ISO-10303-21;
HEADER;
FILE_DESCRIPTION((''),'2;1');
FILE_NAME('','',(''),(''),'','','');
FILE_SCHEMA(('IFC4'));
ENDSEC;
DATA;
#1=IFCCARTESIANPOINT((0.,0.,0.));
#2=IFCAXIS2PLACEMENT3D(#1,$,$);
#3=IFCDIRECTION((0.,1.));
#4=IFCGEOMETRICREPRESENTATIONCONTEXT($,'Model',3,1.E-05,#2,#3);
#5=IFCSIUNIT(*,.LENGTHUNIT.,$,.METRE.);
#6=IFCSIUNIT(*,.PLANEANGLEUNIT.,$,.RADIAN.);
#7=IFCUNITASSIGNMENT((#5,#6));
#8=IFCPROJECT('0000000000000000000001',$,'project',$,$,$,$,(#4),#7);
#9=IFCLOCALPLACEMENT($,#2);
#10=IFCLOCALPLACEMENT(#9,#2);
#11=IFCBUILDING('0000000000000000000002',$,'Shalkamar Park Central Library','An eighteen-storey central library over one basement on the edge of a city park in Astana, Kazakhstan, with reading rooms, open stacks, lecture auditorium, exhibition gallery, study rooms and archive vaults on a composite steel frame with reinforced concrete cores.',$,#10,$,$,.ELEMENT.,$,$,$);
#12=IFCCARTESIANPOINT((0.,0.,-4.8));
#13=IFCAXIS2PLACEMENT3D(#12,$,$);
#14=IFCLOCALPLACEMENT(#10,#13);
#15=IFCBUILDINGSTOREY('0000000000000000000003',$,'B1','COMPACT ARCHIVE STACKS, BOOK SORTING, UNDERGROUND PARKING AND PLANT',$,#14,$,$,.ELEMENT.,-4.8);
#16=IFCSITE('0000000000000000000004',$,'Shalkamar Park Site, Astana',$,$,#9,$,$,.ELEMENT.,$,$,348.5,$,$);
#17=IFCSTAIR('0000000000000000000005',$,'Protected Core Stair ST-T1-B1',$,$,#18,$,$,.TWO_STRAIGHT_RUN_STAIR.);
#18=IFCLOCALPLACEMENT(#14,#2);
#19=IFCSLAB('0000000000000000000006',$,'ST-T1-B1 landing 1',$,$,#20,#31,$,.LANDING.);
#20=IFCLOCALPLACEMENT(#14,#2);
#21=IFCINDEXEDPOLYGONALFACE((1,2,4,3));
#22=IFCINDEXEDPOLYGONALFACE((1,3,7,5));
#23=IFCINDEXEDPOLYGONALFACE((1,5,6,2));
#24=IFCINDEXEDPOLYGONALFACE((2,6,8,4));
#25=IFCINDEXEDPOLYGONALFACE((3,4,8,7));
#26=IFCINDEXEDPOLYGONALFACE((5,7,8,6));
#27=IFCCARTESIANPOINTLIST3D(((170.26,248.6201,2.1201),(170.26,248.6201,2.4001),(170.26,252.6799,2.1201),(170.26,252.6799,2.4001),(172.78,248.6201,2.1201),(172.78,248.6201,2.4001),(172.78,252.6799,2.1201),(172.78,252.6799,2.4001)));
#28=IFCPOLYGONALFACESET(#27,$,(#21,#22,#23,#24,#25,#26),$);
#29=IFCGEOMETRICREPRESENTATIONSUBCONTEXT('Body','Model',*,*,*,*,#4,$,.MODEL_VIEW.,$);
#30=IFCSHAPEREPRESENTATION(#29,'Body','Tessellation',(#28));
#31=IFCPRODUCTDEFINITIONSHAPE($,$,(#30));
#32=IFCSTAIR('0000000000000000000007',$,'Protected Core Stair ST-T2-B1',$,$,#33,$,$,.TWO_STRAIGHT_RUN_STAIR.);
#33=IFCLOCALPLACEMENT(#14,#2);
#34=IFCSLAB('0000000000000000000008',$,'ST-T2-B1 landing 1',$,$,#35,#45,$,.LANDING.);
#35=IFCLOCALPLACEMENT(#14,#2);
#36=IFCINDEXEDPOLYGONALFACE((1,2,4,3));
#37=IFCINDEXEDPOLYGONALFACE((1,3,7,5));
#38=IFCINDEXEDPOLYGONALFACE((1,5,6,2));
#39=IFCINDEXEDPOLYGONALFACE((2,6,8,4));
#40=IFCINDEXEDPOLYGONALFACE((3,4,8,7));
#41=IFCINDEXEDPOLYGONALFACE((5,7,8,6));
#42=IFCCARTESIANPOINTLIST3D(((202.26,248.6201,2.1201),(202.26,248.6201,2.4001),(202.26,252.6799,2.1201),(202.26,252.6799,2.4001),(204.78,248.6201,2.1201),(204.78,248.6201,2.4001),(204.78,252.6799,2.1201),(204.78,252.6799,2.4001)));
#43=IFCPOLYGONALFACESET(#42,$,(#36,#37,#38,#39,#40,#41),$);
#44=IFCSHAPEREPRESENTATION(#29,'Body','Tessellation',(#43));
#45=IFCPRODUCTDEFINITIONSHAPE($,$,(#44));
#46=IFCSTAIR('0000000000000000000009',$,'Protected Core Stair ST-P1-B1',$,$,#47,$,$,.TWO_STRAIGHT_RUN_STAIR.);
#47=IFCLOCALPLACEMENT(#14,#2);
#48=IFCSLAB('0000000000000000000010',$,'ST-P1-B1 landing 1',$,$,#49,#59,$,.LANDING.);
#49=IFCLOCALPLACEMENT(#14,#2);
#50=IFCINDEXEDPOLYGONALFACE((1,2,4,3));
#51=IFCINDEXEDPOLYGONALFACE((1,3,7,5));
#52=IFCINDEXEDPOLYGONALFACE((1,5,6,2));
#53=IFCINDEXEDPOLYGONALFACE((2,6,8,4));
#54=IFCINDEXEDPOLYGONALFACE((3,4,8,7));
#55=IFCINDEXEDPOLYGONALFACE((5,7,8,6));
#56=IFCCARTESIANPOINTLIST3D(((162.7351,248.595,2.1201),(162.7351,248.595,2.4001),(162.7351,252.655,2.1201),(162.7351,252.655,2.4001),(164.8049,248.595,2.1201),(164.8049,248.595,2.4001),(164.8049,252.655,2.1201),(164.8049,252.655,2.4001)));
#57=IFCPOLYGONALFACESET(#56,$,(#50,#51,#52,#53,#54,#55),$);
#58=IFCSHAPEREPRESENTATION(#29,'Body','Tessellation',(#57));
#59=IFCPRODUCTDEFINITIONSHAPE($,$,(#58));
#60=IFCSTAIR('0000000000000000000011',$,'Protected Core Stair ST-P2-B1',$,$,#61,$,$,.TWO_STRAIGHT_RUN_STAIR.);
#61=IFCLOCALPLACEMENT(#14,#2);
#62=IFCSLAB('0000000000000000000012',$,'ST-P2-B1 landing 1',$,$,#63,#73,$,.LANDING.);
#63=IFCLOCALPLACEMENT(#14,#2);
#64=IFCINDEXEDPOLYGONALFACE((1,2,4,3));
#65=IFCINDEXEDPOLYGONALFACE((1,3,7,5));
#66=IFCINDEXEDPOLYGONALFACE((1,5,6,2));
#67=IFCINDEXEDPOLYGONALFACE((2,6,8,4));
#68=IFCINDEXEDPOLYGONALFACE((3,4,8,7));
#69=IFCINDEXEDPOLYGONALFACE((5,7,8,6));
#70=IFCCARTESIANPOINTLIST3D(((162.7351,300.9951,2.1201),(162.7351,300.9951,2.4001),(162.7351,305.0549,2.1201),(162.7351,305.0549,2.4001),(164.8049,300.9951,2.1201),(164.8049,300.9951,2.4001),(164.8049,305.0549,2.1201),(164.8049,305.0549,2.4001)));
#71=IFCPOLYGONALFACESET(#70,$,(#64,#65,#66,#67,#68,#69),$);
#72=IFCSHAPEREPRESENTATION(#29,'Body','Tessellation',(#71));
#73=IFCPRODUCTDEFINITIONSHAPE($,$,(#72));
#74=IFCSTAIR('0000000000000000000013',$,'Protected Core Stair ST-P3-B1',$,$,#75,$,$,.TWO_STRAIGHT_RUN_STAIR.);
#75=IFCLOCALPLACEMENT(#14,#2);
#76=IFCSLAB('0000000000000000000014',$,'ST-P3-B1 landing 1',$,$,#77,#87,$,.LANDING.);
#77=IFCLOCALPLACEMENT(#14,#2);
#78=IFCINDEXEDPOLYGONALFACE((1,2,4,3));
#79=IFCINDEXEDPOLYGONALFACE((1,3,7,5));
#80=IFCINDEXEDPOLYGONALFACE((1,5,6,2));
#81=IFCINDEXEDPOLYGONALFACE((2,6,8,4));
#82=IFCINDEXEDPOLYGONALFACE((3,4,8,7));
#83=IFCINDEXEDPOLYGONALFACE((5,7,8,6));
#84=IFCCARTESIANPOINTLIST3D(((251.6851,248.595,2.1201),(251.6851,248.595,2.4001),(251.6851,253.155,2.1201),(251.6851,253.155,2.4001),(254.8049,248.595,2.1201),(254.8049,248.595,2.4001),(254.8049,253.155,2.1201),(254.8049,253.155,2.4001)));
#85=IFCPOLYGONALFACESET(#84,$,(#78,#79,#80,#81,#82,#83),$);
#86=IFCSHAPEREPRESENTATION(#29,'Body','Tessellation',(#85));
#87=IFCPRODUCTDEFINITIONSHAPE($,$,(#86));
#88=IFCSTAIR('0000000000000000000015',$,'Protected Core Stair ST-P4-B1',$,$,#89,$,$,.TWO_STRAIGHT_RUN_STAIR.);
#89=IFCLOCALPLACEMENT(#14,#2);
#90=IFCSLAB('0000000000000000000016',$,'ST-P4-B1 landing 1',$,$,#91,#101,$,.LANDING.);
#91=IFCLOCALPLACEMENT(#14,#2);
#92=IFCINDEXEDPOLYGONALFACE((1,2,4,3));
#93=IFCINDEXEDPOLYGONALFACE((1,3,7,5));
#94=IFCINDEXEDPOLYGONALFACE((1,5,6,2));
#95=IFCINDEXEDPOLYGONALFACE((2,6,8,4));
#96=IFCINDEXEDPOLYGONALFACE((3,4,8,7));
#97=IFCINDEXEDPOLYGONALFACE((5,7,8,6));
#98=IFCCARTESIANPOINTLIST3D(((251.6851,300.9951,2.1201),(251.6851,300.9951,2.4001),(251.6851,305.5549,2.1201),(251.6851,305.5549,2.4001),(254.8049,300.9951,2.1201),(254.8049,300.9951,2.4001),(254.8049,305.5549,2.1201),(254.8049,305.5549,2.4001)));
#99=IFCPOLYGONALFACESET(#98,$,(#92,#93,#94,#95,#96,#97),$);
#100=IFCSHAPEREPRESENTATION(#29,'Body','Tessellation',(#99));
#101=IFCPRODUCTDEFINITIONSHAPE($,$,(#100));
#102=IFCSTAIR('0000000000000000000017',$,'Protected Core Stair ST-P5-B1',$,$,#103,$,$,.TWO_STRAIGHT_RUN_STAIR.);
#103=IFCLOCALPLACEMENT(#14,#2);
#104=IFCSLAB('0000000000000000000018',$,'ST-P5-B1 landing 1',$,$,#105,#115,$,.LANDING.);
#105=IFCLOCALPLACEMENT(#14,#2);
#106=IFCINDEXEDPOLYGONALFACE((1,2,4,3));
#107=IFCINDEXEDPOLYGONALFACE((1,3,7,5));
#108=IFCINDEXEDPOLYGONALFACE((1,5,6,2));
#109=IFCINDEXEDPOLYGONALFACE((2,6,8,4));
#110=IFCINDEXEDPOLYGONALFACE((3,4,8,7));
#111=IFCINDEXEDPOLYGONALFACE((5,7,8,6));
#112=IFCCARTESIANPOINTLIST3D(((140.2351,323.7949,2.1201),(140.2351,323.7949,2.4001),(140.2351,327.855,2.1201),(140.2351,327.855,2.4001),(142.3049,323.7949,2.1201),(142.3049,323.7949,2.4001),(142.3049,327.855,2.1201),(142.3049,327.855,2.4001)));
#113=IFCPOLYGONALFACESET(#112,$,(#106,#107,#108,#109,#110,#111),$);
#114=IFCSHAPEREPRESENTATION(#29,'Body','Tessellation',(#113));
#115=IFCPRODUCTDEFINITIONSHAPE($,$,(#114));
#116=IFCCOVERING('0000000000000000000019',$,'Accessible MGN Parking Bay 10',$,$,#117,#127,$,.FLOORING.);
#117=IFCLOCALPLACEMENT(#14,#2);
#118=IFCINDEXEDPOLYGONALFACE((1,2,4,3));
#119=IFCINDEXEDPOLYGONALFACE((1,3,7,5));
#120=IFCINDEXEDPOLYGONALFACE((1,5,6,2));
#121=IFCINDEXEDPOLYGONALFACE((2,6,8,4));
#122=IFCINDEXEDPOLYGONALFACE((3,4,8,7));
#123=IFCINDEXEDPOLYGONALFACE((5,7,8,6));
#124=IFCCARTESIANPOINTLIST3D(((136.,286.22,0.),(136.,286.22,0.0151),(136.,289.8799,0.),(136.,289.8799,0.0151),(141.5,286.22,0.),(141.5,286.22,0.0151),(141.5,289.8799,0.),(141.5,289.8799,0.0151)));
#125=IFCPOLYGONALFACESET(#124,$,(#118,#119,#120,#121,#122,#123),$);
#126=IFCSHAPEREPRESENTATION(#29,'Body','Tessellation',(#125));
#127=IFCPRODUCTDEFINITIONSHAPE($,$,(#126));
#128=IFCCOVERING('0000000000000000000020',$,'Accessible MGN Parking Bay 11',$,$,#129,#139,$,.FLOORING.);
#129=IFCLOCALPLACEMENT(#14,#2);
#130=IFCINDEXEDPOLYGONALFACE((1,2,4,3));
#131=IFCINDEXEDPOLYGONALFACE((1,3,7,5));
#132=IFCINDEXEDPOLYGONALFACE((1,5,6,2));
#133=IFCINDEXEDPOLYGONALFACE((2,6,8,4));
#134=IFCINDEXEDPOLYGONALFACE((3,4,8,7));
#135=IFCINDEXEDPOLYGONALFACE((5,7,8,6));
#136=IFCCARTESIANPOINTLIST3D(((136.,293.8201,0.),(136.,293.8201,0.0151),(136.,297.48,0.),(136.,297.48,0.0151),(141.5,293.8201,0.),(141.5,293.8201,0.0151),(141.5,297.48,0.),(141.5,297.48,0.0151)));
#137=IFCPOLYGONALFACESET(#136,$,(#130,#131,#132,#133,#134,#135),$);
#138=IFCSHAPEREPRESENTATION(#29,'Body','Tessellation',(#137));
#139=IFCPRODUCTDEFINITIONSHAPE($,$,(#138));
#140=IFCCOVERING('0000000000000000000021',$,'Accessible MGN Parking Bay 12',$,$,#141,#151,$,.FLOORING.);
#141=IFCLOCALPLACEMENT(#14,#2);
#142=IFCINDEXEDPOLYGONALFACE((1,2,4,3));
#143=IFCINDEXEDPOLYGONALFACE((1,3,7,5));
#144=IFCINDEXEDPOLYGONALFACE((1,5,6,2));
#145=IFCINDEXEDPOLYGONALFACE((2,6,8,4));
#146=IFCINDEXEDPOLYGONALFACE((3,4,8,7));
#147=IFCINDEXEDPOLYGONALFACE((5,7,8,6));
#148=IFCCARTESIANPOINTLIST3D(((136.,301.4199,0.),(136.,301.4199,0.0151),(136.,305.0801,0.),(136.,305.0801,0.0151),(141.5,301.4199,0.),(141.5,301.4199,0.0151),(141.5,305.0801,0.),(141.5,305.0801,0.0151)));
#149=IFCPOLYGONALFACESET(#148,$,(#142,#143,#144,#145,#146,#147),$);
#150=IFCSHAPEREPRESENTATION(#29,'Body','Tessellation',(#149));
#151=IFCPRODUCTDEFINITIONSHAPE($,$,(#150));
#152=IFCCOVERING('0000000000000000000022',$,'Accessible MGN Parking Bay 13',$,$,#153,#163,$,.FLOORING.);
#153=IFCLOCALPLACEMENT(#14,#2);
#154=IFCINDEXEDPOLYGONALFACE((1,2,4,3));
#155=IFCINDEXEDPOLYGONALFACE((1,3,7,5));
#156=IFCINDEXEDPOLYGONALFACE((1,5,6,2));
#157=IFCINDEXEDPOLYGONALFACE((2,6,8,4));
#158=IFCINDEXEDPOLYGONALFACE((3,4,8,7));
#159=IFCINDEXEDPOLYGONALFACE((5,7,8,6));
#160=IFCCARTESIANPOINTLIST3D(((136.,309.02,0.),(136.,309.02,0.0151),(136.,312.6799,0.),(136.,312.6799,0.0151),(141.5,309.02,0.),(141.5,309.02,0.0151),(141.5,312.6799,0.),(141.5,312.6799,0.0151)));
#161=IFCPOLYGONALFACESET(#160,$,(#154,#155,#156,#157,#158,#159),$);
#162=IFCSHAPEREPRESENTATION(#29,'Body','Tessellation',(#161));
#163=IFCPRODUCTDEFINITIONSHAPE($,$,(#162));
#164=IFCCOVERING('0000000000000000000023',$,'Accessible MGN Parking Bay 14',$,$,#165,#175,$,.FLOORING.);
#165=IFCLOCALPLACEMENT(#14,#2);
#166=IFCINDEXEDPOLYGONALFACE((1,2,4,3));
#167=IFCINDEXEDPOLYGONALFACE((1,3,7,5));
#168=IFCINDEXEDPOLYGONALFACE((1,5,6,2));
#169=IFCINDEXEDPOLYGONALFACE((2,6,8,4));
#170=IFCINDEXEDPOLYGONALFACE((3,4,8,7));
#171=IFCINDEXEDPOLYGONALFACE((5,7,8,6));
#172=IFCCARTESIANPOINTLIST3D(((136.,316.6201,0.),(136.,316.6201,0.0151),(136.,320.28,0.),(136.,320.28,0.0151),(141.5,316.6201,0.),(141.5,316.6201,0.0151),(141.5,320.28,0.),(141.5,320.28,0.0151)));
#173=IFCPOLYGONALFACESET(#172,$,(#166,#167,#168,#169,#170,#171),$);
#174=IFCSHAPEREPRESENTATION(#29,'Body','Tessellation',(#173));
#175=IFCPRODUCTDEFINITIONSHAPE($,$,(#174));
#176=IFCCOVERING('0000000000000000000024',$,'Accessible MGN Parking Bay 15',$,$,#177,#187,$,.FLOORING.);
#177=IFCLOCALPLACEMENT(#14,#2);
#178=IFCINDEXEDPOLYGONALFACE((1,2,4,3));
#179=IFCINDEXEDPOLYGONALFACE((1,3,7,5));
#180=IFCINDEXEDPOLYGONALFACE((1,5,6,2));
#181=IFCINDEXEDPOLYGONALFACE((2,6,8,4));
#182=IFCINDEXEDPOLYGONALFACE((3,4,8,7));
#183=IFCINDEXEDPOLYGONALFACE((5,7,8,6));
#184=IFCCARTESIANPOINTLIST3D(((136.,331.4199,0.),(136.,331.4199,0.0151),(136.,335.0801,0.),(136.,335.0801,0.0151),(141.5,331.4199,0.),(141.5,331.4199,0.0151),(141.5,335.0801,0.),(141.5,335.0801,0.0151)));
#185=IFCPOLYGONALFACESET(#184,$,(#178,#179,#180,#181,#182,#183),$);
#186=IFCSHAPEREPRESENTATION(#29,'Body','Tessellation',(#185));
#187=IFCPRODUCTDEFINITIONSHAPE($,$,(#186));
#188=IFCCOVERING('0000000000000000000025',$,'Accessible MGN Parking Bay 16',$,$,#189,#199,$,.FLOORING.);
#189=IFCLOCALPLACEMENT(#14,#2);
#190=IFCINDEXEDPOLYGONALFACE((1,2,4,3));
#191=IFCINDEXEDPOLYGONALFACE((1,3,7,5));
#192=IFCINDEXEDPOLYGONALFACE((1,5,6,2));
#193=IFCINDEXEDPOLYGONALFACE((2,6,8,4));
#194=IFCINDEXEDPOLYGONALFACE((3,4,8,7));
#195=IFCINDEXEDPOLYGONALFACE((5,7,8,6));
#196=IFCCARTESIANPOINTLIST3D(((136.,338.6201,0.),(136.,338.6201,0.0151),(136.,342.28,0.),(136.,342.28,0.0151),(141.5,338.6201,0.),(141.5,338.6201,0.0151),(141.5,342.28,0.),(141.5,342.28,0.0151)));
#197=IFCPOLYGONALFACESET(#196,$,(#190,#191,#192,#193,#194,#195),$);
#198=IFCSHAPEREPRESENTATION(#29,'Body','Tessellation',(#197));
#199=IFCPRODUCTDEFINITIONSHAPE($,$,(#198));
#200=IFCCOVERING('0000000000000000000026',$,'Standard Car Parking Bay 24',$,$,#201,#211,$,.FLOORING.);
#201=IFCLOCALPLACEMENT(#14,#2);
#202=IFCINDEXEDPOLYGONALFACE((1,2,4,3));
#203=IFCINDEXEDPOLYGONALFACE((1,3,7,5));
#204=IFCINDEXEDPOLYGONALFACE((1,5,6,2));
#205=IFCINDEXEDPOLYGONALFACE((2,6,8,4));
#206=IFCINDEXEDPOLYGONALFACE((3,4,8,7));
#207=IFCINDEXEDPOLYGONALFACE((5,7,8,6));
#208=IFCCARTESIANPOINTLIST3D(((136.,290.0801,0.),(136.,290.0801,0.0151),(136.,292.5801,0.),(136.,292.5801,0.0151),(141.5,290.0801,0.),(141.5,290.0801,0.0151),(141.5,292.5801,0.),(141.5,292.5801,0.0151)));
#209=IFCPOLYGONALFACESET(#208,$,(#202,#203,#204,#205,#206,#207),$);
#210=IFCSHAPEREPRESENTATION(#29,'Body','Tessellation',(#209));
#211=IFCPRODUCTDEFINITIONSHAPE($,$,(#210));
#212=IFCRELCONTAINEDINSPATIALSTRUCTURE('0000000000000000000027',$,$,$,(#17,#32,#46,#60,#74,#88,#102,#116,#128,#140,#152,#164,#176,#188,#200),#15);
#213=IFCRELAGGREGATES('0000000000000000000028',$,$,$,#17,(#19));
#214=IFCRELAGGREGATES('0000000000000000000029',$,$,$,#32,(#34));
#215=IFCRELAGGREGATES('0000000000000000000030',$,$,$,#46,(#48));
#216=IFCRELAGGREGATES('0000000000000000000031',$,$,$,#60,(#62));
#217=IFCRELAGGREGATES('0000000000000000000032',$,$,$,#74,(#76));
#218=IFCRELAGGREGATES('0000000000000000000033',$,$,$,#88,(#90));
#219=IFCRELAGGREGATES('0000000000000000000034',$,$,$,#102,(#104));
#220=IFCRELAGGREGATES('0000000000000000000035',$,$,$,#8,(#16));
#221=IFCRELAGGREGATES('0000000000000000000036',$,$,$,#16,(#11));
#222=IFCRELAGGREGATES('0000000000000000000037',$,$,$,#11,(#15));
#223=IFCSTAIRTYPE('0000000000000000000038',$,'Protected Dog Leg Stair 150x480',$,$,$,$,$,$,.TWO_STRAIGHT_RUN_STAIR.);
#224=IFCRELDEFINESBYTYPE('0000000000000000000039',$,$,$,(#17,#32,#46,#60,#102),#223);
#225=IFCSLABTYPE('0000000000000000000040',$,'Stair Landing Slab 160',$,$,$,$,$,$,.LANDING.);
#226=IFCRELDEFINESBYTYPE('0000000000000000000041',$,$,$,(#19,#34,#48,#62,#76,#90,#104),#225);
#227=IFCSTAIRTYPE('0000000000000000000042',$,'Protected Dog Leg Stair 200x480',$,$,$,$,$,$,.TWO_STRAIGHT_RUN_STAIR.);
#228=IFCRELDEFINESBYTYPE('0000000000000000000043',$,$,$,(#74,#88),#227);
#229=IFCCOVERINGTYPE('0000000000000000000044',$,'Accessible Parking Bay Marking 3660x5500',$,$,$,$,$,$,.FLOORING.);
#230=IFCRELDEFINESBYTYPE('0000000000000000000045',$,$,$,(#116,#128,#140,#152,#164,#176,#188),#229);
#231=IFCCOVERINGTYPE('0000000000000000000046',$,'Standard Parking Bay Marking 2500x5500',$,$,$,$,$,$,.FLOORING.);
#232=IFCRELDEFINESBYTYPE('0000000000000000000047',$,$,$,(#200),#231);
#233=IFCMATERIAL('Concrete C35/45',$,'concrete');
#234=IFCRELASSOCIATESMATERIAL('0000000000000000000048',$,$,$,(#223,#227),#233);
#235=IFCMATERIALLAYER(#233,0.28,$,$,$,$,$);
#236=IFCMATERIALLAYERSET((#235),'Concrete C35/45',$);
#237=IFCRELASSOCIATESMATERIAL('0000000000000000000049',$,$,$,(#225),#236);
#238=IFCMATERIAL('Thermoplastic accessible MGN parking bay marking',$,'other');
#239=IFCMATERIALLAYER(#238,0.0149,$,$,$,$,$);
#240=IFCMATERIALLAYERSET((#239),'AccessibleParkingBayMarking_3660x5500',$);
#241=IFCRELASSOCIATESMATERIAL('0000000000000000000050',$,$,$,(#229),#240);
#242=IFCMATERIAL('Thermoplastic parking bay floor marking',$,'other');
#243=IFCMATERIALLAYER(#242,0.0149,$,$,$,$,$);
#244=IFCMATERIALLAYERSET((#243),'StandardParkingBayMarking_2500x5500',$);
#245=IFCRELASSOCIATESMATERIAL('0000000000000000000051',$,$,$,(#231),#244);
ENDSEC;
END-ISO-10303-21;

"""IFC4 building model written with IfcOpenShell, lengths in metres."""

from ifc_helpers import new_model, si_unit, direction, frame, origin, place, context, subcontext, project, spatial, polyline, outline, extrude, material, layer, layer_set, type_object, element, aggregate, save


model = new_model("IFC4")

# Units and contexts
model_context = context("Model", 3, precision=1e-05, world=origin(), true_north=direction((0.0, 1.0)))
body_context = subcontext(model_context, "Body", "Model", "MODEL_VIEW")
ifc_project = project(units=[si_unit("LENGTHUNIT", "METRE"), si_unit("PLANEANGLEUNIT", "RADIAN")], contexts=[model_context])

# Site, building, storey
site_placement = place(None, origin())
site = spatial("IfcSite", under=ifc_project, at=site_placement, Name="Shalkamar Park Site, Astana", CompositionType="ELEMENT", RefElevation=348.5)
building_placement = place(site_placement, origin())
building = spatial("IfcBuilding", under=site, at=building_placement, Name="Shalkamar Park Central Library", Description="An eighteen-storey central library over one basement on the edge of a city park in Astana, Kazakhstan, with reading rooms, open stacks, lecture auditorium, exhibition gallery, study rooms and archive vaults on a composite steel frame with reinforced concrete cores.", CompositionType="ELEMENT")
storey_placement = place(building_placement, frame((0.0, 0.0, -4.8)))
storey = spatial("IfcBuildingStorey", under=building, at=storey_placement, Name="B1", Description="COMPACT ARCHIVE STACKS, BOOK SORTING, UNDERGROUND PARKING AND PLANT", CompositionType="ELEMENT", Elevation=-4.8)

# Stairs, slabs
ifc_material_1 = material(Name="Concrete C35/45", Category="concrete")
stair_type_1 = type_object("IfcStairType", Name="Protected Dog Leg Stair 150x480", PredefinedType="TWO_STRAIGHT_RUN_STAIR", material=ifc_material_1)
stair_1_placement = place(storey_placement, origin())
stair_1 = element("IfcStair", 1, at=stair_1_placement, inside=storey, type_object=stair_type_1, Name="Protected Core Stair ST-T1-B1", PredefinedType="TWO_STRAIGHT_RUN_STAIR")
ifc_layer_1 = layer(ifc_material_1, 0.28)
ifc_layer_set_1 = layer_set([ifc_layer_1], Name="Concrete C35/45")
slab_type = type_object("IfcSlabType", Name="Stair Landing Slab 160", PredefinedType="LANDING", material=ifc_layer_set_1)
slab_1_placement = place(storey_placement, frame((0.0, 0.0, 2.1201)))
slab_1 = element("IfcSlab", 2, at=slab_1_placement, type_object=slab_type, Name="ST-T1-B1 landing 1", PredefinedType="LANDING", context=body_context, shape_type="SweptSolid", body=[
    extrude(outline(polyline([(170.26, 248.6201), (172.78, 248.6201), (172.78, 252.6799), (170.26, 252.6799), (170.26, 248.6201)])), origin(), (0.0, 0.0, 1.0), 0.28),
])
aggregate(stair_1, [slab_1])
stair_2_placement = place(storey_placement, origin())
stair_2 = element("IfcStair", 3, at=stair_2_placement, inside=storey, type_object=stair_type_1, Name="Protected Core Stair ST-T2-B1", PredefinedType="TWO_STRAIGHT_RUN_STAIR")
slab_2_placement = place(storey_placement, frame((0.0, 0.0, 2.1201)))
slab_2 = element("IfcSlab", 4, at=slab_2_placement, type_object=slab_type, Name="ST-T2-B1 landing 1", PredefinedType="LANDING", context=body_context, shape_type="SweptSolid", body=[
    extrude(outline(polyline([(202.26, 248.6201), (204.78, 248.6201), (204.78, 252.6799), (202.26, 252.6799), (202.26, 248.6201)])), origin(), (0.0, 0.0, 1.0), 0.28),
])
aggregate(stair_2, [slab_2])
stair_3_placement = place(storey_placement, origin())
stair_3 = element("IfcStair", 5, at=stair_3_placement, inside=storey, type_object=stair_type_1, Name="Protected Core Stair ST-P1-B1", PredefinedType="TWO_STRAIGHT_RUN_STAIR")
slab_3_placement = place(storey_placement, frame((0.0, 0.0, 2.1201)))
slab_3 = element("IfcSlab", 6, at=slab_3_placement, type_object=slab_type, Name="ST-P1-B1 landing 1", PredefinedType="LANDING", context=body_context, shape_type="SweptSolid", body=[
    extrude(outline(polyline([(162.7351, 248.595), (164.8049, 248.595), (164.8049, 252.655), (162.7351, 252.655), (162.7351, 248.595)])), origin(), (0.0, 0.0, 1.0), 0.28),
])
aggregate(stair_3, [slab_3])
stair_4_placement = place(storey_placement, origin())
stair_4 = element("IfcStair", 7, at=stair_4_placement, inside=storey, type_object=stair_type_1, Name="Protected Core Stair ST-P2-B1", PredefinedType="TWO_STRAIGHT_RUN_STAIR")
slab_4_placement = place(storey_placement, frame((0.0, 0.0, 2.1201)))
slab_4 = element("IfcSlab", 8, at=slab_4_placement, type_object=slab_type, Name="ST-P2-B1 landing 1", PredefinedType="LANDING", context=body_context, shape_type="SweptSolid", body=[
    extrude(outline(polyline([(162.7351, 300.9951), (164.8049, 300.9951), (164.8049, 305.0549), (162.7351, 305.0549), (162.7351, 300.9951)])), origin(), (0.0, 0.0, 1.0), 0.28),
])
aggregate(stair_4, [slab_4])
stair_type_2 = type_object("IfcStairType", Name="Protected Dog Leg Stair 200x480", PredefinedType="TWO_STRAIGHT_RUN_STAIR", material=ifc_material_1)
stair_5_placement = place(storey_placement, origin())
stair_5 = element("IfcStair", 9, at=stair_5_placement, inside=storey, type_object=stair_type_2, Name="Protected Core Stair ST-P3-B1", PredefinedType="TWO_STRAIGHT_RUN_STAIR")
slab_5_placement = place(storey_placement, frame((0.0, 0.0, 2.1201)))
slab_5 = element("IfcSlab", 10, at=slab_5_placement, type_object=slab_type, Name="ST-P3-B1 landing 1", PredefinedType="LANDING", context=body_context, shape_type="SweptSolid", body=[
    extrude(outline(polyline([(251.6851, 248.595), (254.8049, 248.595), (254.8049, 253.155), (251.6851, 253.155), (251.6851, 248.595)])), origin(), (0.0, 0.0, 1.0), 0.28),
])
aggregate(stair_5, [slab_5])
stair_6_placement = place(storey_placement, origin())
stair_6 = element("IfcStair", 11, at=stair_6_placement, inside=storey, type_object=stair_type_2, Name="Protected Core Stair ST-P4-B1", PredefinedType="TWO_STRAIGHT_RUN_STAIR")
slab_6_placement = place(storey_placement, frame((0.0, 0.0, 2.1201)))
slab_6 = element("IfcSlab", 12, at=slab_6_placement, type_object=slab_type, Name="ST-P4-B1 landing 1", PredefinedType="LANDING", context=body_context, shape_type="SweptSolid", body=[
    extrude(outline(polyline([(251.6851, 300.9951), (254.8049, 300.9951), (254.8049, 305.5549), (251.6851, 305.5549), (251.6851, 300.9951)])), origin(), (0.0, 0.0, 1.0), 0.28),
])
aggregate(stair_6, [slab_6])
stair_7_placement = place(storey_placement, origin())
stair_7 = element("IfcStair", 13, at=stair_7_placement, inside=storey, type_object=stair_type_1, Name="Protected Core Stair ST-P5-B1", PredefinedType="TWO_STRAIGHT_RUN_STAIR")
slab_7_placement = place(storey_placement, frame((0.0, 0.0, 2.1201)))
slab_7 = element("IfcSlab", 14, at=slab_7_placement, type_object=slab_type, Name="ST-P5-B1 landing 1", PredefinedType="LANDING", context=body_context, shape_type="SweptSolid", body=[
    extrude(outline(polyline([(140.2351, 323.7949), (142.3049, 323.7949), (142.3049, 327.855), (140.2351, 327.855), (140.2351, 323.7949)])), origin(), (0.0, 0.0, 1.0), 0.28),
])
aggregate(stair_7, [slab_7])

# Coverings
ifc_material_2 = material(Name="Thermoplastic accessible MGN parking bay marking", Category="other")
ifc_layer_2 = layer(ifc_material_2, 0.0149)
ifc_layer_set_2 = layer_set([ifc_layer_2], Name="AccessibleParkingBayMarking_3660x5500")
covering_type_1 = type_object("IfcCoveringType", Name="Accessible Parking Bay Marking 3660x5500", PredefinedType="FLOORING", material=ifc_layer_set_2)
covering_1_placement = place(storey_placement, origin())
element("IfcCovering", 15, at=covering_1_placement, inside=storey, type_object=covering_type_1, Name="Accessible MGN Parking Bay 10", PredefinedType="FLOORING", context=body_context, shape_type="SweptSolid", body=[
    extrude(outline(polyline([(136.0, 286.22), (141.5, 286.22), (141.5, 289.8799), (136.0, 289.8799), (136.0, 286.22)])), origin(), (0.0, 0.0, 1.0), 0.0151),
])
covering_2_placement = place(storey_placement, origin())
element("IfcCovering", 16, at=covering_2_placement, inside=storey, type_object=covering_type_1, Name="Accessible MGN Parking Bay 11", PredefinedType="FLOORING", context=body_context, shape_type="SweptSolid", body=[
    extrude(outline(polyline([(136.0, 293.8201), (141.5, 293.8201), (141.5, 297.48), (136.0, 297.48), (136.0, 293.8201)])), origin(), (0.0, 0.0, 1.0), 0.0151),
])
covering_3_placement = place(storey_placement, origin())
element("IfcCovering", 17, at=covering_3_placement, inside=storey, type_object=covering_type_1, Name="Accessible MGN Parking Bay 12", PredefinedType="FLOORING", context=body_context, shape_type="SweptSolid", body=[
    extrude(outline(polyline([(136.0, 301.4199), (141.5, 301.4199), (141.5, 305.0801), (136.0, 305.0801), (136.0, 301.4199)])), origin(), (0.0, 0.0, 1.0), 0.0151),
])
covering_4_placement = place(storey_placement, origin())
element("IfcCovering", 18, at=covering_4_placement, inside=storey, type_object=covering_type_1, Name="Accessible MGN Parking Bay 13", PredefinedType="FLOORING", context=body_context, shape_type="SweptSolid", body=[
    extrude(outline(polyline([(136.0, 309.02), (141.5, 309.02), (141.5, 312.6799), (136.0, 312.6799), (136.0, 309.02)])), origin(), (0.0, 0.0, 1.0), 0.0151),
])
covering_5_placement = place(storey_placement, origin())
element("IfcCovering", 19, at=covering_5_placement, inside=storey, type_object=covering_type_1, Name="Accessible MGN Parking Bay 14", PredefinedType="FLOORING", context=body_context, shape_type="SweptSolid", body=[
    extrude(outline(polyline([(136.0, 316.6201), (141.5, 316.6201), (141.5, 320.28), (136.0, 320.28), (136.0, 316.6201)])), origin(), (0.0, 0.0, 1.0), 0.0151),
])
covering_6_placement = place(storey_placement, origin())
element("IfcCovering", 20, at=covering_6_placement, inside=storey, type_object=covering_type_1, Name="Accessible MGN Parking Bay 15", PredefinedType="FLOORING", context=body_context, shape_type="SweptSolid", body=[
    extrude(outline(polyline([(136.0, 331.4199), (141.5, 331.4199), (141.5, 335.0801), (136.0, 335.0801), (136.0, 331.4199)])), origin(), (0.0, 0.0, 1.0), 0.0151),
])
covering_7_placement = place(storey_placement, origin())
element("IfcCovering", 21, at=covering_7_placement, inside=storey, type_object=covering_type_1, Name="Accessible MGN Parking Bay 16", PredefinedType="FLOORING", context=body_context, shape_type="SweptSolid", body=[
    extrude(outline(polyline([(136.0, 338.6201), (141.5, 338.6201), (141.5, 342.28), (136.0, 342.28), (136.0, 338.6201)])), origin(), (0.0, 0.0, 1.0), 0.0151),
])
ifc_material_3 = material(Name="Thermoplastic parking bay floor marking", Category="other")
ifc_layer_3 = layer(ifc_material_3, 0.0149)
ifc_layer_set_3 = layer_set([ifc_layer_3], Name="StandardParkingBayMarking_2500x5500")
covering_type_2 = type_object("IfcCoveringType", Name="Standard Parking Bay Marking 2500x5500", PredefinedType="FLOORING", material=ifc_layer_set_3)
covering_8_placement = place(storey_placement, origin())
element("IfcCovering", 22, at=covering_8_placement, inside=storey, type_object=covering_type_2, Name="Standard Car Parking Bay 24", PredefinedType="FLOORING", context=body_context, shape_type="SweptSolid", body=[
    extrude(outline(polyline([(136.0, 290.0801), (141.5, 290.0801), (141.5, 292.5801), (136.0, 292.5801), (136.0, 290.0801)])), origin(), (0.0, 0.0, 1.0), 0.0151),
])

save(model, "model.ifc")
